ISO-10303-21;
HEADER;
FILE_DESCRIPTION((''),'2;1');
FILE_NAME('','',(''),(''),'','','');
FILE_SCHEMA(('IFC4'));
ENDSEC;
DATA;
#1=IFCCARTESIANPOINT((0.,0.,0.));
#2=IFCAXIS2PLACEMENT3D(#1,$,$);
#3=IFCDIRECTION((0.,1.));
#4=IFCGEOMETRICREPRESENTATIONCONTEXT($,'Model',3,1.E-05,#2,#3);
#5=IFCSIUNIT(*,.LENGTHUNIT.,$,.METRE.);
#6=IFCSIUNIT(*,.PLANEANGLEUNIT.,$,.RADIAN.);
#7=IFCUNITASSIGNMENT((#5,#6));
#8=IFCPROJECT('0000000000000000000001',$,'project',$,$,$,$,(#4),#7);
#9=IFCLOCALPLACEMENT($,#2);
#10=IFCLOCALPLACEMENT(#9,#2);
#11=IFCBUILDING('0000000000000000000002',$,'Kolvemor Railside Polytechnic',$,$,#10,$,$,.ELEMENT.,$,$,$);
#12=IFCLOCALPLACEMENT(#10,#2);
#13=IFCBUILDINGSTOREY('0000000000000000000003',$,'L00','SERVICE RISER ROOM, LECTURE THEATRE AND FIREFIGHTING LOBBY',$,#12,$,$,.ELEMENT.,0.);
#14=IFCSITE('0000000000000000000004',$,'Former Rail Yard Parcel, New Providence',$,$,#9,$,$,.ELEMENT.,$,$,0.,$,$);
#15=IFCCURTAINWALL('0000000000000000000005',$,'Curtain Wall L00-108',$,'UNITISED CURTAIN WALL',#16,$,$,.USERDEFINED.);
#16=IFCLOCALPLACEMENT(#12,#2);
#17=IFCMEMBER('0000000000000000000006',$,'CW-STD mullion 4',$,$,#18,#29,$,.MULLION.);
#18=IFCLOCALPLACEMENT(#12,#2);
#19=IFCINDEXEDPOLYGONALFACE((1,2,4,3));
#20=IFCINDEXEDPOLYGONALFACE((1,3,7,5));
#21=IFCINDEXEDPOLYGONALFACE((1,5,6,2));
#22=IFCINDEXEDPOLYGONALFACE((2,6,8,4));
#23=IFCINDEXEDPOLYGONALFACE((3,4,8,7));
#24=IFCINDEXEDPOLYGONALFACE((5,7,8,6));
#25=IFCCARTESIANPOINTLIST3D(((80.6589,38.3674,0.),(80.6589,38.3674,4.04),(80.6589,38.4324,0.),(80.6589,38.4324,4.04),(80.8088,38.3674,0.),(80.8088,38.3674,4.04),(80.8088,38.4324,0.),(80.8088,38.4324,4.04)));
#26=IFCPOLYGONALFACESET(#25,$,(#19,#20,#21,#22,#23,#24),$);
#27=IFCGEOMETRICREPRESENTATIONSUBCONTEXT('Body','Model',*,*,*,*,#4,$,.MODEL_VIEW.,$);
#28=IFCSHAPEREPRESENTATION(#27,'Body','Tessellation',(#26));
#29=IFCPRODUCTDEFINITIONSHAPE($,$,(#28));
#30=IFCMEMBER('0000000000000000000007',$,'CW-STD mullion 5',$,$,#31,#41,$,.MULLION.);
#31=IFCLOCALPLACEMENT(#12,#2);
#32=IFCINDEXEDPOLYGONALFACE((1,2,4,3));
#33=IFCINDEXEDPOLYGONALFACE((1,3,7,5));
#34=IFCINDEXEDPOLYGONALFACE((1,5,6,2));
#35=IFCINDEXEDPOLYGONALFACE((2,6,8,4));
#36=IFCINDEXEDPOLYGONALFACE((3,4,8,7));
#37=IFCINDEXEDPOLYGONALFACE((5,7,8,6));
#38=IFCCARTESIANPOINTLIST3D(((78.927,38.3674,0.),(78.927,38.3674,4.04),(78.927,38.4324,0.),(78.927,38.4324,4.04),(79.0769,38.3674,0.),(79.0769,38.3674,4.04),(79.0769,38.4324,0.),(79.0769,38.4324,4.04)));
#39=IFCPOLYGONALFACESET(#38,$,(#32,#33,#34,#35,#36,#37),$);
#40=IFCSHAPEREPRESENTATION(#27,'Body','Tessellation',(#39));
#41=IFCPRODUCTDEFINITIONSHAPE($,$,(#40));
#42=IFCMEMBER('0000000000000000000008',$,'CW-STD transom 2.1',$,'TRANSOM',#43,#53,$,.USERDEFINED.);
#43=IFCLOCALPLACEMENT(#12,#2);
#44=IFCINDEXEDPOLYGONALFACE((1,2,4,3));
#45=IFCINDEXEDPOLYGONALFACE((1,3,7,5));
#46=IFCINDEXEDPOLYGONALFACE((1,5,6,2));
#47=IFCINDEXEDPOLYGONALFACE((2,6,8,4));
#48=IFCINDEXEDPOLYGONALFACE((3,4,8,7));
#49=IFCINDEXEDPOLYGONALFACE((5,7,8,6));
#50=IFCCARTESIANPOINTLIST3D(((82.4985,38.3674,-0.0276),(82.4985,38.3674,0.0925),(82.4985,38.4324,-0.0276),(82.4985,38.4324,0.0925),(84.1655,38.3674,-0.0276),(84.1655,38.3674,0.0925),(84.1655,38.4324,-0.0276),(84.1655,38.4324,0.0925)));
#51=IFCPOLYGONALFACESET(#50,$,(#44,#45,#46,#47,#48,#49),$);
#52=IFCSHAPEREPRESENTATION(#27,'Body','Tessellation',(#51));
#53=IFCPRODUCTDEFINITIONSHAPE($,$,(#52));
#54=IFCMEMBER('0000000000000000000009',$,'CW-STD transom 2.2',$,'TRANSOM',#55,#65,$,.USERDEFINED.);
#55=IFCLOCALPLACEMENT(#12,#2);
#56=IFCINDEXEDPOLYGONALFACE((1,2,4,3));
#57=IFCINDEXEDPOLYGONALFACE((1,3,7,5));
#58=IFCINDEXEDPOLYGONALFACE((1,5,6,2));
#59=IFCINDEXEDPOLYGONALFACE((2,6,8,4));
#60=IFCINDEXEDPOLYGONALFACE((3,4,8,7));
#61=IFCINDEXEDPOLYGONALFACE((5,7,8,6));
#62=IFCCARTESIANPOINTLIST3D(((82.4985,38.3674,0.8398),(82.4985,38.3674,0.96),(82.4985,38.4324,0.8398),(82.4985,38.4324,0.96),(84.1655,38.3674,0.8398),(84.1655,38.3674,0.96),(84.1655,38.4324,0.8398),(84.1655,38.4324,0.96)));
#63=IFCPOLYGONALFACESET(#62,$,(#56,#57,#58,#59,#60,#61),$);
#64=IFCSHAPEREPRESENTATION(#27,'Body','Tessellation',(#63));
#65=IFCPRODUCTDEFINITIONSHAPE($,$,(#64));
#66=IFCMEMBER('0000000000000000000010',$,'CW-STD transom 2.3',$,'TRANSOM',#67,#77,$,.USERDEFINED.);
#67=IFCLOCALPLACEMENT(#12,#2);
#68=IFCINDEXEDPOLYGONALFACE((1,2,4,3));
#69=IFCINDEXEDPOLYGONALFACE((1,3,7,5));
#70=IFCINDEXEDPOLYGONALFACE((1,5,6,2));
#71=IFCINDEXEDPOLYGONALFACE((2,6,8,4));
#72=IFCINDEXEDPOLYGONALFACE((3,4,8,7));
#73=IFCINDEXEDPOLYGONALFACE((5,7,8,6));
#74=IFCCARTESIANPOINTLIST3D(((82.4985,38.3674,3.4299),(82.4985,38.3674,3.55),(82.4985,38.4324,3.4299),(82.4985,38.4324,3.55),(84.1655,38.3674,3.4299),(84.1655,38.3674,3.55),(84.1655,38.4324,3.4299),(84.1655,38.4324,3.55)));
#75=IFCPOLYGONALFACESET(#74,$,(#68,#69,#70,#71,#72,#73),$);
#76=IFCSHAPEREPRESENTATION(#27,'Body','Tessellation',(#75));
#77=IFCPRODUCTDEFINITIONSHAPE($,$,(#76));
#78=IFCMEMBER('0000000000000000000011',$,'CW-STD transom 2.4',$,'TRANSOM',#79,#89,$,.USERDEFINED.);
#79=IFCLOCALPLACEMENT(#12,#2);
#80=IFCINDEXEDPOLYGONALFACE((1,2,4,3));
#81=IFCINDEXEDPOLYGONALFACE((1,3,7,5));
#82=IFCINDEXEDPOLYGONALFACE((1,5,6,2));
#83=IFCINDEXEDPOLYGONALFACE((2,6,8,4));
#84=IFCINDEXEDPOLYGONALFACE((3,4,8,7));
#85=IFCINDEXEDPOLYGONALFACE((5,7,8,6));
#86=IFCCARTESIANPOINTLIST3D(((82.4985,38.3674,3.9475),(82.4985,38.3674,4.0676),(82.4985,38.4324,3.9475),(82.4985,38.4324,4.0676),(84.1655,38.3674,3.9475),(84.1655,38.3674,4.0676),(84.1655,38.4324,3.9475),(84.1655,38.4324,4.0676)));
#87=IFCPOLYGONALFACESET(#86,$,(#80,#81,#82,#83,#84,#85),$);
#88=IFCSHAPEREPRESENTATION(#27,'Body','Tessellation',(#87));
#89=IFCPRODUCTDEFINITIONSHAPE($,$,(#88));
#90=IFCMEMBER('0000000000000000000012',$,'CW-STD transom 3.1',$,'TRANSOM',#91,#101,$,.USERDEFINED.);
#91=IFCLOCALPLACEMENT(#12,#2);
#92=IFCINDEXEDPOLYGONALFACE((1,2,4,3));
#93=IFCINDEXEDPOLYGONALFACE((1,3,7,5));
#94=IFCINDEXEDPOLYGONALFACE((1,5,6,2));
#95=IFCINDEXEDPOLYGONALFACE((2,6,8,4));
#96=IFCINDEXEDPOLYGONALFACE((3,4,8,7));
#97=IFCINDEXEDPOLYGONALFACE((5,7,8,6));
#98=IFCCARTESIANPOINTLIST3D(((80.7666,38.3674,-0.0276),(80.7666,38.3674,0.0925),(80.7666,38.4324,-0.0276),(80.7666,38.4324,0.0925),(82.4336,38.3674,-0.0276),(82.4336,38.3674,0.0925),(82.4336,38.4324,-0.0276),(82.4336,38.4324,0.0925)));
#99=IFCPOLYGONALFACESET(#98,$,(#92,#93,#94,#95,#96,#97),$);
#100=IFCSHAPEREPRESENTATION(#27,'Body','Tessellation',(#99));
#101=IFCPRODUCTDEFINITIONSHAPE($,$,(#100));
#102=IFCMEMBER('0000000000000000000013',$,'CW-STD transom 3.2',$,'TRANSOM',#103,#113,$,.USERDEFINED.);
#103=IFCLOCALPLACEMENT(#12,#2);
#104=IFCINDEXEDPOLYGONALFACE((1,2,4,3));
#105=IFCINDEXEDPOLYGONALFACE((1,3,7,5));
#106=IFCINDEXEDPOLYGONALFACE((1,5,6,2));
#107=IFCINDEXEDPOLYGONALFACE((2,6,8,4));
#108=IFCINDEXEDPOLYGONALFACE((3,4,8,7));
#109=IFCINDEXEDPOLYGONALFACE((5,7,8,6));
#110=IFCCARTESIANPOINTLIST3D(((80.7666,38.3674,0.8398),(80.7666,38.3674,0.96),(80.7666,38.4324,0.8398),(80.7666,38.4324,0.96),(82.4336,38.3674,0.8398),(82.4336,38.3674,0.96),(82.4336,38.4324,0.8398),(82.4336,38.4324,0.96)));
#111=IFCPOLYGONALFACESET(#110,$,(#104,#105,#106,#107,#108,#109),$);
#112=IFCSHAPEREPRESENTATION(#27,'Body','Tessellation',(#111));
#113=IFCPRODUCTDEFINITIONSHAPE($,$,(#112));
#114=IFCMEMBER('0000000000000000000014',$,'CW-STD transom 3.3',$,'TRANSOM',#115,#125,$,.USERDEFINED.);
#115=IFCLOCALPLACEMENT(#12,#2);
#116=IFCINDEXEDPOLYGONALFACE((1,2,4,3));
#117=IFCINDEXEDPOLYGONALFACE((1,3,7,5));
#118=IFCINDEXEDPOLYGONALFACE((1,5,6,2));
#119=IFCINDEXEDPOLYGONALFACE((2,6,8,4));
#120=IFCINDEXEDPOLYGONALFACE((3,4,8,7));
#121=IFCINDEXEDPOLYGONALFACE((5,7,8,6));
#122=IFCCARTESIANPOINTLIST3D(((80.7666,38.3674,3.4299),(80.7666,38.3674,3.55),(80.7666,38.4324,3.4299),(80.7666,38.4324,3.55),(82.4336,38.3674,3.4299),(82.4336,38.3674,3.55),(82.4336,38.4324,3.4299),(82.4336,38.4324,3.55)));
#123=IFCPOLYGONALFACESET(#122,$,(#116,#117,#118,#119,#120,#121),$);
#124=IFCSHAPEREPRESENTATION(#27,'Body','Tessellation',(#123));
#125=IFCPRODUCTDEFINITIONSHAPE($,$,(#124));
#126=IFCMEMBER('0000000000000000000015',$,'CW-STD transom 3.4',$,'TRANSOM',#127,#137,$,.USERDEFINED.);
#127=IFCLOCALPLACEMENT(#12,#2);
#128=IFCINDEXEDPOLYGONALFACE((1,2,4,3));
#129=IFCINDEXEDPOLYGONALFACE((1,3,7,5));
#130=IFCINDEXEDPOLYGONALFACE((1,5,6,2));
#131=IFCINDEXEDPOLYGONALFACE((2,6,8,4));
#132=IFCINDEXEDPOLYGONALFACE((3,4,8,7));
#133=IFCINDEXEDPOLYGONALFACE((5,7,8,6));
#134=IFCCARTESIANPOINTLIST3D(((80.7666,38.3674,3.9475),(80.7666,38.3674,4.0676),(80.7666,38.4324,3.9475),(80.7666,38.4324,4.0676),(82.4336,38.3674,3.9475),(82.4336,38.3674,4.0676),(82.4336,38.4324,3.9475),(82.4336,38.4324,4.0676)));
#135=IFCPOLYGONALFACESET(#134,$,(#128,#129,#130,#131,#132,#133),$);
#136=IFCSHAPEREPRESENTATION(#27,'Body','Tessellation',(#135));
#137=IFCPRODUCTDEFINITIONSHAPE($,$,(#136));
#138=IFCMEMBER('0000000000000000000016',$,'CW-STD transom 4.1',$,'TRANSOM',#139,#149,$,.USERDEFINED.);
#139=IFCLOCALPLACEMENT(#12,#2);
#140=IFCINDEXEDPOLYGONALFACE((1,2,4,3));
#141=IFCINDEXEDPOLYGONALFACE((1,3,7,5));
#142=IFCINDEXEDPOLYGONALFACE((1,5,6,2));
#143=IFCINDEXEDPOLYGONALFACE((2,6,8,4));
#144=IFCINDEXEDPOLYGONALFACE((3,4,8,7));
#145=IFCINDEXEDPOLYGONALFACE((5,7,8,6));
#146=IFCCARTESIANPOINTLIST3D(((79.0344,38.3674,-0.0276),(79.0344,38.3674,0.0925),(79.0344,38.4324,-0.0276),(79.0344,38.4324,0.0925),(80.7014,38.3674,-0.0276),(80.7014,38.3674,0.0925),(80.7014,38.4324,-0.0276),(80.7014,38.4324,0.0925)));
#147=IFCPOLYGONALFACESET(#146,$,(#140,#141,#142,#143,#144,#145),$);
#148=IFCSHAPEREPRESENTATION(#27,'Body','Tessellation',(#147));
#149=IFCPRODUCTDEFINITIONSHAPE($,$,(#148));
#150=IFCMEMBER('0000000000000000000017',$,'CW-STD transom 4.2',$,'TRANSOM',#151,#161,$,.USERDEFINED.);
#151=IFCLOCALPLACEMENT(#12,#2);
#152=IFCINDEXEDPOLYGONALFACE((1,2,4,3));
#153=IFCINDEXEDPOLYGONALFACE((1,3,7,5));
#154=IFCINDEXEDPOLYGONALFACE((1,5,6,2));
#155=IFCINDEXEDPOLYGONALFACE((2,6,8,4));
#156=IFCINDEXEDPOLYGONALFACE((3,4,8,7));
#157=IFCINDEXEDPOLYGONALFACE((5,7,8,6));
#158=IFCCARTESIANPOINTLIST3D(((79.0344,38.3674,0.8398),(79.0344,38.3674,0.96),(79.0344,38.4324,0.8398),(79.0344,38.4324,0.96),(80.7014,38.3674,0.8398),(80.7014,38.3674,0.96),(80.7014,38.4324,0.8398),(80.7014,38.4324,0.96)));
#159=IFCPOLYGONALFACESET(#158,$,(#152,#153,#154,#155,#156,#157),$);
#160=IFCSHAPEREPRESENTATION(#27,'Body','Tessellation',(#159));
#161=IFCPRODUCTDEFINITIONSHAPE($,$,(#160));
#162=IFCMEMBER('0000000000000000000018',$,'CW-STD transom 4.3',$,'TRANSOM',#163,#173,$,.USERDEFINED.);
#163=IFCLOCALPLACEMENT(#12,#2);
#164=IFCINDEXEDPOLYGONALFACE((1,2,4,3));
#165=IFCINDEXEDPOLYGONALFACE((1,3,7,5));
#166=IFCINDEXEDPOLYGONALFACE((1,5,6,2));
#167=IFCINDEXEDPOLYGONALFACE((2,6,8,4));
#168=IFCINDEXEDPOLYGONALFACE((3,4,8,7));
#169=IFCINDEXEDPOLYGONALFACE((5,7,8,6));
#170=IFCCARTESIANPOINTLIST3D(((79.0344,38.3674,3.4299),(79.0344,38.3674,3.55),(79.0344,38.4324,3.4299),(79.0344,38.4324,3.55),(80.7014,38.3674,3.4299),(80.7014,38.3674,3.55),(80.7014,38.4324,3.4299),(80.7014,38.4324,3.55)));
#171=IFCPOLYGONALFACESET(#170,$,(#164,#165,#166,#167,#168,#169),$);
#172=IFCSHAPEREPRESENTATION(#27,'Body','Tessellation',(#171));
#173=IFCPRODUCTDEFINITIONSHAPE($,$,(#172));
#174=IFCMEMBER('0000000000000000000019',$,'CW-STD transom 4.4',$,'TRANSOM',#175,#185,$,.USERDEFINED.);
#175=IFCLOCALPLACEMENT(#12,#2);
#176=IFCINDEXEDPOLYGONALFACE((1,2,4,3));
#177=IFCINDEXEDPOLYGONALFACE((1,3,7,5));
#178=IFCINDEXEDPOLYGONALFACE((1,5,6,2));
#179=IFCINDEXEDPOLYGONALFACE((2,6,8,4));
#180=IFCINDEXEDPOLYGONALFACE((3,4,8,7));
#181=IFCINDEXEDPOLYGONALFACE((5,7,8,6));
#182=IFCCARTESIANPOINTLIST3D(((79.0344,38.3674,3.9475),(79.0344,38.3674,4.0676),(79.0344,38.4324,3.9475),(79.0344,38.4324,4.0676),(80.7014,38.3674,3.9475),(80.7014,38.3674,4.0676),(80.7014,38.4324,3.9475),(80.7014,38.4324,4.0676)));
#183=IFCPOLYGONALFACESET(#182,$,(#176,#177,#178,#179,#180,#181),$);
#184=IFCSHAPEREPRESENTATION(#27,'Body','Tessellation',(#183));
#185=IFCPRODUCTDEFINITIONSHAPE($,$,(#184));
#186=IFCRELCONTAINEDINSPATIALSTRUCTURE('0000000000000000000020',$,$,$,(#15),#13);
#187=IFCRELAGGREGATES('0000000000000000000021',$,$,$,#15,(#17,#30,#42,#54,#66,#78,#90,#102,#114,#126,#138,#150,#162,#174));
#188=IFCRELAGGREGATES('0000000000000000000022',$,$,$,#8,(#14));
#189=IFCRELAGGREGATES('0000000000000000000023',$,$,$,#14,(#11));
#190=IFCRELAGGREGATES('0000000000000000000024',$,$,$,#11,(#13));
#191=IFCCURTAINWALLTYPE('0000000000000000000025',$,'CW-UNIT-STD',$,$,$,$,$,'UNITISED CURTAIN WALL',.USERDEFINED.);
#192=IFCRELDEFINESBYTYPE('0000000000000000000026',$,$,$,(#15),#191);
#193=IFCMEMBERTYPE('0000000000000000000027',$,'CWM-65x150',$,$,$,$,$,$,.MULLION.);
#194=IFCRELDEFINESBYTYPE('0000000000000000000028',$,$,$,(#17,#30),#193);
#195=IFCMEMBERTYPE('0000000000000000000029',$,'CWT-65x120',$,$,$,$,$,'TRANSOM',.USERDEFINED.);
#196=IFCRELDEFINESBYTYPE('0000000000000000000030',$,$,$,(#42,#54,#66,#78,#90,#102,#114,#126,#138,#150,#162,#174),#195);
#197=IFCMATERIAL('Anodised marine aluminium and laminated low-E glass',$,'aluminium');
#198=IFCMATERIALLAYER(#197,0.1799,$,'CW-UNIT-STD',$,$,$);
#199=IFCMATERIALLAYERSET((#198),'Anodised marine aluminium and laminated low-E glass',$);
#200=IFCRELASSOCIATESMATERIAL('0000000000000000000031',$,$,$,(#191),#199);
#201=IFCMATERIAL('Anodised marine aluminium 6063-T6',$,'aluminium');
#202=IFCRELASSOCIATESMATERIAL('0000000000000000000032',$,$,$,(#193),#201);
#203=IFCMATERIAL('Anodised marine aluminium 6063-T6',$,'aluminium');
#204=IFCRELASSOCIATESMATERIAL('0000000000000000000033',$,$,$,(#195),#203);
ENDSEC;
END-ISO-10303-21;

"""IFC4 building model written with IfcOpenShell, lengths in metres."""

from ifc_helpers import new_model, si_unit, direction, frame, origin, origin_2d, place, context, subcontext, project, spatial, rectangle, extrude, material, layer, layer_set, material_profile, profile_set, type_object, element, aggregate, save


model = new_model("IFC4")

# Units and contexts
model_context = context("Model", 3, precision=1e-05, world=origin(), true_north=direction((0.0, 1.0)))
body_context = subcontext(model_context, "Body", "Model", "MODEL_VIEW")
ifc_project = project(units=[si_unit("LENGTHUNIT", "METRE"), si_unit("PLANEANGLEUNIT", "RADIAN")], contexts=[model_context])

# Site, building, storey
site_placement = place(None, origin())
site = spatial("IfcSite", under=ifc_project, at=site_placement, Name="Former Rail Yard Parcel, New Providence", CompositionType="ELEMENT", RefElevation=0.0)
building_placement = place(site_placement, origin())
building = spatial("IfcBuilding", under=site, at=building_placement, Name="Kolvemor Railside Polytechnic", CompositionType="ELEMENT")
storey_placement = place(building_placement, origin())
storey = spatial("IfcBuildingStorey", under=building, at=storey_placement, Name="L00", Description="SERVICE RISER ROOM, LECTURE THEATRE AND FIREFIGHTING LOBBY", CompositionType="ELEMENT", Elevation=0.0)

# Curtain wall, members
ifc_material_1 = material(Name="Anodised marine aluminium and laminated low-E glass", Category="aluminium")
ifc_layer_1 = layer(ifc_material_1, 0.1799, Name="CW-UNIT-STD")
ifc_layer_set_1 = layer_set([ifc_layer_1], Name="Anodised marine aluminium and laminated low-E glass")
curtain_wall_type = type_object("IfcCurtainWallType", Name="CW-UNIT-STD", ElementType="UNITISED CURTAIN WALL", PredefinedType="USERDEFINED", material=ifc_layer_set_1)
curtain_wall_placement = place(storey_placement, origin())
curtain_wall = element("IfcCurtainWall", 1, at=curtain_wall_placement, inside=storey, type_object=curtain_wall_type, Name="Curtain Wall L00-108", ObjectType="UNITISED CURTAIN WALL", PredefinedType="USERDEFINED")
ifc_material_2 = material(Name="Anodised marine aluminium 6063-T6", Category="aluminium")
ifc_material_profile_1 = material_profile(ifc_material_2, rectangle(XDim=0.0649, YDim=0.1499, at=origin_2d()), Name="CW-MUL-65x150")
ifc_profile_set_1 = profile_set([ifc_material_profile_1], Name="Anodised marine aluminium 6063-T6")
member_type_1 = type_object("IfcMemberType", Name="CWM-65x150", PredefinedType="MULLION", material=ifc_profile_set_1)
member_1_placement = place(storey_placement, frame((80.7339, 38.3999, 0.0), z_axis=(0.0, 0.0, 1.0), x_axis=(0.0, -1.0, 0.0)))
member_1 = element("IfcMember", 2, at=member_1_placement, type_object=member_type_1, Name="CW-STD mullion 4", PredefinedType="MULLION", context=body_context, shape_type="SweptSolid", body=[
    extrude(rectangle(XDim=0.0649, YDim=0.1499, at=origin_2d()), origin(), (0.0, 0.0, 1.0), 4.04),
])
member_2_placement = place(storey_placement, frame((79.002, 38.3999, 0.0), z_axis=(0.0, 0.0, 1.0), x_axis=(0.0, -1.0, 0.0)))
member_2 = element("IfcMember", 3, at=member_2_placement, type_object=member_type_1, Name="CW-STD mullion 5", PredefinedType="MULLION", context=body_context, shape_type="SweptSolid", body=[
    extrude(rectangle(XDim=0.0649, YDim=0.1499, at=origin_2d()), origin(), (0.0, 0.0, 1.0), 4.04),
])
ifc_material_3 = material(Name="Anodised marine aluminium 6063-T6", Category="aluminium")
ifc_material_profile_2 = material_profile(ifc_material_3, rectangle(XDim=0.0649, YDim=0.1201, at=origin_2d()), Name="CW-TRN-65x120")
ifc_profile_set_2 = profile_set([ifc_material_profile_2], Name="Anodised marine aluminium 6063-T6")
member_type_2 = type_object("IfcMemberType", Name="CWT-65x120", ElementType="TRANSOM", PredefinedType="USERDEFINED", material=ifc_profile_set_2)
member_3_placement = place(storey_placement, frame((84.1655, 38.3999, 0.0325), z_axis=(-1.0, 0.0, 0.0), x_axis=(0.0, -1.0, 0.0)))
member_3 = element("IfcMember", 4, at=member_3_placement, type_object=member_type_2, Name="CW-STD transom 2.1", ObjectType="TRANSOM", PredefinedType="USERDEFINED", context=body_context, shape_type="SweptSolid", body=[
    extrude(rectangle(XDim=0.0649, YDim=0.1201, at=origin_2d()), origin(), (0.0, 0.0, 1.0), 1.667),
])
member_4_placement = place(storey_placement, frame((84.1655, 38.3999, 0.8999), z_axis=(-1.0, 0.0, 0.0), x_axis=(0.0, -1.0, 0.0)))
member_4 = element("IfcMember", 5, at=member_4_placement, type_object=member_type_2, Name="CW-STD transom 2.2", ObjectType="TRANSOM", PredefinedType="USERDEFINED", context=body_context, shape_type="SweptSolid", body=[
    extrude(rectangle(XDim=0.0649, YDim=0.1201, at=origin_2d()), origin(), (0.0, 0.0, 1.0), 1.667),
])
member_5_placement = place(storey_placement, frame((84.1655, 38.3999, 3.49), z_axis=(-1.0, 0.0, 0.0), x_axis=(0.0, -1.0, 0.0)))
member_5 = element("IfcMember", 6, at=member_5_placement, type_object=member_type_2, Name="CW-STD transom 2.3", ObjectType="TRANSOM", PredefinedType="USERDEFINED", context=body_context, shape_type="SweptSolid", body=[
    extrude(rectangle(XDim=0.0649, YDim=0.1201, at=origin_2d()), origin(), (0.0, 0.0, 1.0), 1.667),
])
member_6_placement = place(storey_placement, frame((84.1655, 38.3999, 4.0076), z_axis=(-1.0, 0.0, 0.0), x_axis=(0.0, -1.0, 0.0)))
member_6 = element("IfcMember", 7, at=member_6_placement, type_object=member_type_2, Name="CW-STD transom 2.4", ObjectType="TRANSOM", PredefinedType="USERDEFINED", context=body_context, shape_type="SweptSolid", body=[
    extrude(rectangle(XDim=0.0649, YDim=0.1201, at=origin_2d()), origin(), (0.0, 0.0, 1.0), 1.667),
])
member_7_placement = place(storey_placement, frame((82.4336, 38.3999, 0.0325), z_axis=(-1.0, 0.0, 0.0), x_axis=(0.0, -1.0, 0.0)))
member_7 = element("IfcMember", 8, at=member_7_placement, type_object=member_type_2, Name="CW-STD transom 3.1", ObjectType="TRANSOM", PredefinedType="USERDEFINED", context=body_context, shape_type="SweptSolid", body=[
    extrude(rectangle(XDim=0.0649, YDim=0.1201, at=origin_2d()), origin(), (0.0, 0.0, 1.0), 1.667),
])
member_8_placement = place(storey_placement, frame((82.4336, 38.3999, 0.8999), z_axis=(-1.0, 0.0, 0.0), x_axis=(0.0, -1.0, 0.0)))
member_8 = element("IfcMember", 9, at=member_8_placement, type_object=member_type_2, Name="CW-STD transom 3.2", ObjectType="TRANSOM", PredefinedType="USERDEFINED", context=body_context, shape_type="SweptSolid", body=[
    extrude(rectangle(XDim=0.0649, YDim=0.1201, at=origin_2d()), origin(), (0.0, 0.0, 1.0), 1.667),
])
member_9_placement = place(storey_placement, frame((82.4336, 38.3999, 3.49), z_axis=(-1.0, 0.0, 0.0), x_axis=(0.0, -1.0, 0.0)))
member_9 = element("IfcMember", 10, at=member_9_placement, type_object=member_type_2, Name="CW-STD transom 3.3", ObjectType="TRANSOM", PredefinedType="USERDEFINED", context=body_context, shape_type="SweptSolid", body=[
    extrude(rectangle(XDim=0.0649, YDim=0.1201, at=origin_2d()), origin(), (0.0, 0.0, 1.0), 1.667),
])
member_10_placement = place(storey_placement, frame((82.4336, 38.3999, 4.0076), z_axis=(-1.0, 0.0, 0.0), x_axis=(0.0, -1.0, 0.0)))
member_10 = element("IfcMember", 11, at=member_10_placement, type_object=member_type_2, Name="CW-STD transom 3.4", ObjectType="TRANSOM", PredefinedType="USERDEFINED", context=body_context, shape_type="SweptSolid", body=[
    extrude(rectangle(XDim=0.0649, YDim=0.1201, at=origin_2d()), origin(), (0.0, 0.0, 1.0), 1.667),
])
member_11_placement = place(storey_placement, frame((80.7014, 38.3999, 0.0325), z_axis=(-1.0, 0.0, 0.0), x_axis=(0.0, -1.0, 0.0)))
member_11 = element("IfcMember", 12, at=member_11_placement, type_object=member_type_2, Name="CW-STD transom 4.1", ObjectType="TRANSOM", PredefinedType="USERDEFINED", context=body_context, shape_type="SweptSolid", body=[
    extrude(rectangle(XDim=0.0649, YDim=0.1201, at=origin_2d()), origin(), (0.0, 0.0, 1.0), 1.667),
])
member_12_placement = place(storey_placement, frame((80.7014, 38.3999, 0.8999), z_axis=(-1.0, 0.0, 0.0), x_axis=(0.0, -1.0, 0.0)))
member_12 = element("IfcMember", 13, at=member_12_placement, type_object=member_type_2, Name="CW-STD transom 4.2", ObjectType="TRANSOM", PredefinedType="USERDEFINED", context=body_context, shape_type="SweptSolid", body=[
    extrude(rectangle(XDim=0.0649, YDim=0.1201, at=origin_2d()), origin(), (0.0, 0.0, 1.0), 1.667),
])
member_13_placement = place(storey_placement, frame((80.7014, 38.3999, 3.49), z_axis=(-1.0, 0.0, 0.0), x_axis=(0.0, -1.0, 0.0)))
member_13 = element("IfcMember", 14, at=member_13_placement, type_object=member_type_2, Name="CW-STD transom 4.3", ObjectType="TRANSOM", PredefinedType="USERDEFINED", context=body_context, shape_type="SweptSolid", body=[
    extrude(rectangle(XDim=0.0649, YDim=0.1201, at=origin_2d()), origin(), (0.0, 0.0, 1.0), 1.667),
])
member_14_placement = place(storey_placement, frame((80.7014, 38.3999, 4.0076), z_axis=(-1.0, 0.0, 0.0), x_axis=(0.0, -1.0, 0.0)))
member_14 = element("IfcMember", 15, at=member_14_placement, type_object=member_type_2, Name="CW-STD transom 4.4", ObjectType="TRANSOM", PredefinedType="USERDEFINED", context=body_context, shape_type="SweptSolid", body=[
    extrude(rectangle(XDim=0.0649, YDim=0.1201, at=origin_2d()), origin(), (0.0, 0.0, 1.0), 1.667),
])
aggregate(curtain_wall, [member_1, member_2, member_3, member_4, member_5, member_6, member_7, member_8, member_9, member_10, member_11, member_12, member_13, member_14])

save(model, "model.ifc")
